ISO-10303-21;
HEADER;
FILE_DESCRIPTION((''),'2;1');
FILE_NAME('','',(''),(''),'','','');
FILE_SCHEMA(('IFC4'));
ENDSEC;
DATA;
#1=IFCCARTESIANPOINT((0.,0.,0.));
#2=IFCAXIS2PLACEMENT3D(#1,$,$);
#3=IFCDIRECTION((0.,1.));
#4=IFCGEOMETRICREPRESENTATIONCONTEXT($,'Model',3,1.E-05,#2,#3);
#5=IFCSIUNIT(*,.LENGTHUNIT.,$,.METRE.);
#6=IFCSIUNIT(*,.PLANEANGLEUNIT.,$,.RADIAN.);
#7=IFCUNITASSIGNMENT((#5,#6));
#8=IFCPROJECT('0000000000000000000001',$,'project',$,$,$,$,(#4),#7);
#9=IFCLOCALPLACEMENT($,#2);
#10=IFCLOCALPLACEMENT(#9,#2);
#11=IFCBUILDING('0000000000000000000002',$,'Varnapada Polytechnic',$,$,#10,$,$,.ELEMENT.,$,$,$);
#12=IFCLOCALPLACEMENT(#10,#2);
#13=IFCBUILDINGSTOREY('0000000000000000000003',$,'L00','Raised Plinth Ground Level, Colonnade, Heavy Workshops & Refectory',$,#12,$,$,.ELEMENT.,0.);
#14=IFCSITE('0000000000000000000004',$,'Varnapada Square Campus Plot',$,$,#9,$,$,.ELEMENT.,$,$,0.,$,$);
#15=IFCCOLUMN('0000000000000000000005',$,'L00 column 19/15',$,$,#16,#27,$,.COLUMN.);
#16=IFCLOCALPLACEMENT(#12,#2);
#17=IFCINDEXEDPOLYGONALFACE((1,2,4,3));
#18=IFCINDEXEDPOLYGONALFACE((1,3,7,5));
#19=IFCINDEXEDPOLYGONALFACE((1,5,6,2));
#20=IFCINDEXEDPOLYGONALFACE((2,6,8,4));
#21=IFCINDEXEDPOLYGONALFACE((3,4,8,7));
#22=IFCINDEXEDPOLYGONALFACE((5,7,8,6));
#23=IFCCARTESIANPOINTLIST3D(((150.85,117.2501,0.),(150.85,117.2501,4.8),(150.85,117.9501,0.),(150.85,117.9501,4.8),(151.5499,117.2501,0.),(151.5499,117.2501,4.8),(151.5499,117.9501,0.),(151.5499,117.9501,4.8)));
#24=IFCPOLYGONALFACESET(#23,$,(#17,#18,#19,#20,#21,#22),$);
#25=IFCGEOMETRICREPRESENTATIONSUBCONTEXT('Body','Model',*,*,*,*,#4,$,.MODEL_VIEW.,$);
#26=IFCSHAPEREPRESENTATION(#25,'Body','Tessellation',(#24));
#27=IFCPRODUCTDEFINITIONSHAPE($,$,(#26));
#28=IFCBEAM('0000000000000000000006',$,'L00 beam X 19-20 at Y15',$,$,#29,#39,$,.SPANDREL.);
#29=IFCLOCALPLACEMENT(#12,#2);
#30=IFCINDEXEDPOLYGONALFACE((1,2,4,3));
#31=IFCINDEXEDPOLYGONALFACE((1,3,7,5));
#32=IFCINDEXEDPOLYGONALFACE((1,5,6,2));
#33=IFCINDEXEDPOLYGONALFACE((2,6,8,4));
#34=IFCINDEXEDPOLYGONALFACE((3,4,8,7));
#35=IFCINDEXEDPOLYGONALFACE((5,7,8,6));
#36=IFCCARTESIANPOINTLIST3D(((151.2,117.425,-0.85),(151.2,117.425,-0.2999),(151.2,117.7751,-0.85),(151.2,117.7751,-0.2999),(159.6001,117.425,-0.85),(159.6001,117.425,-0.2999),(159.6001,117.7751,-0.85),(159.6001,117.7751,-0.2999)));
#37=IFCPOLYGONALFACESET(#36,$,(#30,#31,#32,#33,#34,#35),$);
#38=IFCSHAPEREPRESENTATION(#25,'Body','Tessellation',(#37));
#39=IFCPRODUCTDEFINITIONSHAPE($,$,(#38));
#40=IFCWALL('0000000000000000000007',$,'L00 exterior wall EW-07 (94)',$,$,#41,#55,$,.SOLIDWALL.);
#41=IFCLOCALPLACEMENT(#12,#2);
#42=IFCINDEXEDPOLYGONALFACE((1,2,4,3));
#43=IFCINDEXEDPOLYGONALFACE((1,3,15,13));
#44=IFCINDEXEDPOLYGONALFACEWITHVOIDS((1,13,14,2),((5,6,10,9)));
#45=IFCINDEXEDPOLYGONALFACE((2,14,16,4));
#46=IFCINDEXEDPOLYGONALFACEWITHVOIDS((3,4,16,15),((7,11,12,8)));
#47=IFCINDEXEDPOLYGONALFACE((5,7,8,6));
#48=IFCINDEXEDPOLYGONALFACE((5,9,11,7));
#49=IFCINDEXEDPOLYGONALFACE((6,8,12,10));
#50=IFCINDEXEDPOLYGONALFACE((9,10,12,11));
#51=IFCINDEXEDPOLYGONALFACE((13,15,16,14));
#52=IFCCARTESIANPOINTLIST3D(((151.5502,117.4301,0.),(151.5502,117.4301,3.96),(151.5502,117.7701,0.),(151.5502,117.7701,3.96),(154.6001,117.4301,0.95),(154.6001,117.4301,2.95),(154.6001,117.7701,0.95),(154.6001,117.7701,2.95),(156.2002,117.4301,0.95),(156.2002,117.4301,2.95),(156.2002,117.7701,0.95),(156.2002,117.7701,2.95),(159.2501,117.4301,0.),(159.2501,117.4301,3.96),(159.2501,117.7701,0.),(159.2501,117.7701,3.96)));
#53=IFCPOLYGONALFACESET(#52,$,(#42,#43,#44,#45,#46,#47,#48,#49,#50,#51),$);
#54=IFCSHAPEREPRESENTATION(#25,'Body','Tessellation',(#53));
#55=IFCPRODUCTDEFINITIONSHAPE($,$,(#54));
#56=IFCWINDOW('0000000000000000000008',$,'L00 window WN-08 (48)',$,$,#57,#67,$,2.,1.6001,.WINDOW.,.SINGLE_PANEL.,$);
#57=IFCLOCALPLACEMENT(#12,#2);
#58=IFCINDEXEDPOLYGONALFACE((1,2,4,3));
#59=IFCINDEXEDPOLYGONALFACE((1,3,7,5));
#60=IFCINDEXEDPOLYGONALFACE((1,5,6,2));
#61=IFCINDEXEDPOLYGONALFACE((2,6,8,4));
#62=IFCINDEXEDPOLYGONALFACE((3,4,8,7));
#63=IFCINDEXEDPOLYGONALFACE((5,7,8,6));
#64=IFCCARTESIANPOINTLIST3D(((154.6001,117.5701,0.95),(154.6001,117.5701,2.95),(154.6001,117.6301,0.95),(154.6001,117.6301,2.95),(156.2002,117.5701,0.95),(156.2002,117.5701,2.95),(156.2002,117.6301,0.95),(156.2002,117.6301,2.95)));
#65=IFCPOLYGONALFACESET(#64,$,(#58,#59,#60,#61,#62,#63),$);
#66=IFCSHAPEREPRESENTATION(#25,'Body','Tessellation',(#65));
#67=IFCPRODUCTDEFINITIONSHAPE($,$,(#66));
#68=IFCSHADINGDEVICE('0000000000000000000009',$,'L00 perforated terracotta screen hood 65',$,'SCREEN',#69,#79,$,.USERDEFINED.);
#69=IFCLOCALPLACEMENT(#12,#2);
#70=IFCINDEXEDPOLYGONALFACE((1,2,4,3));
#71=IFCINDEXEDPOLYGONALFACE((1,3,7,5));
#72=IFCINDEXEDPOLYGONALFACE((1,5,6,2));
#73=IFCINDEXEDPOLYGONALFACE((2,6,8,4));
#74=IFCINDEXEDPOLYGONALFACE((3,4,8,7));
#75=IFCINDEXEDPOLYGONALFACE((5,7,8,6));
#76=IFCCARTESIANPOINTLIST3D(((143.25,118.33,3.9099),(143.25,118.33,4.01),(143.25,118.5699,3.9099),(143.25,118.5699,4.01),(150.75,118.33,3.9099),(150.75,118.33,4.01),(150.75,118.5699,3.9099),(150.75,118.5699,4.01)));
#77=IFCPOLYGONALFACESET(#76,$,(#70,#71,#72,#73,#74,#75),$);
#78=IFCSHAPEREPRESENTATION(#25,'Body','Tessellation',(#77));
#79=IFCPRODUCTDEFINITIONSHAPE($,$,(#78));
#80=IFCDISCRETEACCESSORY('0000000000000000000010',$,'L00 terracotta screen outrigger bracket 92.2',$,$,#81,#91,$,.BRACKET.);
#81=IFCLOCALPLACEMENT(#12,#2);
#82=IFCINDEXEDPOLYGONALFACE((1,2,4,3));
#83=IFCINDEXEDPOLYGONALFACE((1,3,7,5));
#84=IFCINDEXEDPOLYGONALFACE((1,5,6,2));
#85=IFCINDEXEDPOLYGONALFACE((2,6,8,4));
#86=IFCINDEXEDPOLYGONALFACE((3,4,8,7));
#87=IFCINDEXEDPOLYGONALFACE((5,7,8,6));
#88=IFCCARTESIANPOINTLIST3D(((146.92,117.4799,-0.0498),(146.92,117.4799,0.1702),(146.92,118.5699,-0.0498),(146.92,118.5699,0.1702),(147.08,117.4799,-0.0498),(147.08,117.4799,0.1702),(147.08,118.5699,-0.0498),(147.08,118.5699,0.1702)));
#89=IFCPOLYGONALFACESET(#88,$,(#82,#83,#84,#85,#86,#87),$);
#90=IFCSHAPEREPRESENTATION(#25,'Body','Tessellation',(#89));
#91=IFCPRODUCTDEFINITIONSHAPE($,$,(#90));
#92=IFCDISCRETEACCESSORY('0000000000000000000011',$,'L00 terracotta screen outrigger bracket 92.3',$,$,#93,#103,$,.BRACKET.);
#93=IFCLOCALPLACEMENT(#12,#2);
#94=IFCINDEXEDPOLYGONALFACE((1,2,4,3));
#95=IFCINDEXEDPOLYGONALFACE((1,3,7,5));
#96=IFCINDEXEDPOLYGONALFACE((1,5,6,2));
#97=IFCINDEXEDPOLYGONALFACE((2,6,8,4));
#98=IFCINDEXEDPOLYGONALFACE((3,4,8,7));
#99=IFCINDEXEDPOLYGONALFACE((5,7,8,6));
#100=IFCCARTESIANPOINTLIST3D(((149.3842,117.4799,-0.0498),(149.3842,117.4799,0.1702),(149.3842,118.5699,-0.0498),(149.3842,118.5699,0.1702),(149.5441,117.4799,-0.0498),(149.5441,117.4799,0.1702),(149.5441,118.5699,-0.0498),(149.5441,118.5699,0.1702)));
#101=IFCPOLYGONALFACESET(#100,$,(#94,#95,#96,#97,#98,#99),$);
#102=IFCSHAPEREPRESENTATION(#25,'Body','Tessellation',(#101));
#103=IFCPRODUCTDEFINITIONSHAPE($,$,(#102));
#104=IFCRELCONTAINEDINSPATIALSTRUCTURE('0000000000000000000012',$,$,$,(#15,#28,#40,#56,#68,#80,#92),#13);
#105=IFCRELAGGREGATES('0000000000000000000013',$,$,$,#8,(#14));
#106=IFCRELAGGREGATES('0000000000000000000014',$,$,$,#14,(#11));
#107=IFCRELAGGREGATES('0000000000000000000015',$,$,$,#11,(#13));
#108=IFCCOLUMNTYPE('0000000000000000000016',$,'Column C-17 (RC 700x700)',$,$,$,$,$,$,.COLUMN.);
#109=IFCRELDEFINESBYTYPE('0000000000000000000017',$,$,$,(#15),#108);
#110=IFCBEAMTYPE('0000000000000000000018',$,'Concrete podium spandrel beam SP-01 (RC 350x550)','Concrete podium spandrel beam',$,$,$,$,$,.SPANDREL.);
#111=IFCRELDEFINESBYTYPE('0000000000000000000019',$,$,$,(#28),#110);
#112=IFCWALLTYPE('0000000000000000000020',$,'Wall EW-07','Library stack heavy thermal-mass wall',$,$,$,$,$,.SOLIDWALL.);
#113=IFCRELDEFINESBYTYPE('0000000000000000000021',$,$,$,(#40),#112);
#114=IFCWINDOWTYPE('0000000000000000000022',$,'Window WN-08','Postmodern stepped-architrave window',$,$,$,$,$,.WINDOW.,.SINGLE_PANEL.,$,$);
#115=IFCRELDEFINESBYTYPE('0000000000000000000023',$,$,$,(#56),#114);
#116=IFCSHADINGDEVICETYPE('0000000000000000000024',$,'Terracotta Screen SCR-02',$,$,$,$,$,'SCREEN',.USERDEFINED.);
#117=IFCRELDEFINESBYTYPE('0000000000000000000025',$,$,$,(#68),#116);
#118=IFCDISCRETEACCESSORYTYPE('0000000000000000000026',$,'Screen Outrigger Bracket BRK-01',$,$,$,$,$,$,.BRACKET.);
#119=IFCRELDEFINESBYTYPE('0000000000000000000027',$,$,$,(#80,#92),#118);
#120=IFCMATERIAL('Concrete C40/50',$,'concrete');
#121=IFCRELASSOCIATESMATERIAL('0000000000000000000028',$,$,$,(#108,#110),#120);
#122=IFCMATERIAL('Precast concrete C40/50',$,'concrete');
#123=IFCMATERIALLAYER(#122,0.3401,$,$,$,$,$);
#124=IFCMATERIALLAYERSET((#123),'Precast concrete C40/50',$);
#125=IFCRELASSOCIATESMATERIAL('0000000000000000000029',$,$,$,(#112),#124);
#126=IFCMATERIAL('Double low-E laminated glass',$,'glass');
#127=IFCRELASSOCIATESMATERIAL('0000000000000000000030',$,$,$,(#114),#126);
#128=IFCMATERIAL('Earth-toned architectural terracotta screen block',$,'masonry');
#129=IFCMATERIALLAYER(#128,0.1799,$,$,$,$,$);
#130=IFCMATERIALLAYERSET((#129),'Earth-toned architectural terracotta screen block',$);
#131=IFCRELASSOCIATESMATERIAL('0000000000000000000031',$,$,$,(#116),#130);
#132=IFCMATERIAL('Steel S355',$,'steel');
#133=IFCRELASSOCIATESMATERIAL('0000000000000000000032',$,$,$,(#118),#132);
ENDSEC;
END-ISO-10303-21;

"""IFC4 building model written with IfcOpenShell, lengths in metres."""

from ifc_helpers import new_model, si_unit, direction, frame, frame_2d, origin, origin_2d, place, context, subcontext, project, spatial, rectangle, extrude, material, layer, layer_set, material_profile, profile_set, type_object, element, fill, save


model = new_model("IFC4")

# Units and contexts
model_context = context("Model", 3, precision=1e-05, world=origin(), true_north=direction((0.0, 1.0)))
body_context = subcontext(model_context, "Body", "Model", "MODEL_VIEW")
ifc_project = project(units=[si_unit("LENGTHUNIT", "METRE"), si_unit("PLANEANGLEUNIT", "RADIAN")], contexts=[model_context])

# Site, building, storey
site_placement = place(None, origin())
site = spatial("IfcSite", under=ifc_project, at=site_placement, Name="Varnapada Square Campus Plot", CompositionType="ELEMENT", RefElevation=0.0)
building_placement = place(site_placement, origin())
building = spatial("IfcBuilding", under=site, at=building_placement, Name="Varnapada Polytechnic", CompositionType="ELEMENT")
storey_placement = place(building_placement, origin())
storey = spatial("IfcBuildingStorey", under=building, at=storey_placement, Name="L00", Description="Raised Plinth Ground Level, Colonnade, Heavy Workshops & Refectory", CompositionType="ELEMENT", Elevation=0.0)

# Column
ifc_material_1 = material(Name="Concrete C40/50", Category="concrete")
ifc_material_profile_1 = material_profile(ifc_material_1, rectangle(XDim=0.7, YDim=0.7, at=origin_2d()), Name="RC 700x700")
ifc_profile_set_1 = profile_set([ifc_material_profile_1], Name="Concrete C40/50")
column_type = type_object("IfcColumnType", Name="Column C-17 (RC 700x700)", PredefinedType="COLUMN", material=ifc_profile_set_1)
column_placement = place(storey_placement, frame((151.2, 117.6001, 0.0), z_axis=(0.0, 0.0, 1.0), x_axis=(1.0, 0.0, 0.0)))
element("IfcColumn", 1, at=column_placement, inside=storey, type_object=column_type, Name="L00 column 19/15", PredefinedType="COLUMN", context=body_context, shape_type="SweptSolid", body=[
    extrude(rectangle(XDim=0.7, YDim=0.7, at=origin_2d()), origin(), (0.0, 0.0, 1.0), 4.8),
])

# Beam
ifc_material_profile_2 = material_profile(ifc_material_1, rectangle(XDim=0.3501, YDim=0.55, at=origin_2d()), Name="RC 350x550")
ifc_profile_set_2 = profile_set([ifc_material_profile_2], Name="Concrete C40/50")
beam_type = type_object("IfcBeamType", Name="Concrete podium spandrel beam SP-01 (RC 350x550)", Description="Concrete podium spandrel beam", PredefinedType="SPANDREL", material=ifc_profile_set_2)
beam_placement = place(storey_placement, frame((151.2, 117.6001, -0.575), z_axis=(1.0, 0.0, 0.0), x_axis=(0.0, 1.0, 0.0)))
element("IfcBeam", 2, at=beam_placement, inside=storey, type_object=beam_type, Name="L00 beam X 19-20 at Y15", PredefinedType="SPANDREL", context=body_context, shape_type="SweptSolid", body=[
    extrude(rectangle(XDim=0.3501, YDim=0.55, at=origin_2d()), origin(), (0.0, 0.0, 1.0), 8.4001),
])

# Wall, opening, window
ifc_material_2 = material(Name="Precast concrete C40/50", Category="concrete")
ifc_layer_1 = layer(ifc_material_2, 0.3401)
ifc_layer_set_1 = layer_set([ifc_layer_1], Name="Precast concrete C40/50")
wall_type = type_object("IfcWallType", Name="Wall EW-07", Description="Library stack heavy thermal-mass wall", PredefinedType="SOLIDWALL", material=ifc_layer_set_1)
wall_placement = place(storey_placement, frame((151.55, 117.6001, 0.0), z_axis=(0.0, 0.0, 1.0), x_axis=(1.0, 0.0, 0.0)))
wall = element("IfcWall", 3, at=wall_placement, inside=storey, type_object=wall_type, Name="L00 exterior wall EW-07 (94)", PredefinedType="SOLIDWALL", context=body_context, shape_type="SweptSolid", body=[
    extrude(rectangle(XDim=7.7, YDim=0.3401, at=frame_2d((3.8501, 0.0))), origin(), (0.0, 0.0, 1.0), 3.96),
])
opening_1_placement = place(wall_placement, frame((3.05, 0.0, 0.95)))
opening_1 = element("IfcOpeningElement", 4, at=opening_1_placement, cuts=wall, PredefinedType="OPENING", context=body_context, shape_type="SweptSolid", body=[
    extrude(rectangle(XDim=1.6001, YDim=2.0, at=frame_2d((0.8, 1.0))), frame((0.0, 0.1799, 0.0), z_axis=(0.0, -1.0, 0.0), x_axis=(1.0, 0.0, 0.0)), (0.0, 0.0, 1.0), 0.3601),
])
ifc_material_3 = material(Name="Double low-E laminated glass", Category="glass")
window_type = type_object("IfcWindowType", Name="Window WN-08", Description="Postmodern stepped-architrave window", PartitioningType="SINGLE_PANEL", PredefinedType="WINDOW", material=ifc_material_3)
window_placement = place(opening_1_placement, origin())
window = element("IfcWindow", 5, at=window_placement, inside=storey, type_object=window_type, Name="L00 window WN-08 (48)", OverallHeight=2.0, OverallWidth=1.6001, PartitioningType="SINGLE_PANEL", PredefinedType="WINDOW", context=body_context, shape_type="SweptSolid", body=[
    extrude(rectangle(XDim=1.6001, YDim=2.0, at=frame_2d((0.8, 1.0))), frame((0.0, 0.03, 0.0), z_axis=(0.0, -1.0, 0.0), x_axis=(1.0, 0.0, 0.0)), (0.0, 0.0, 1.0), 0.0601),
])
fill(opening_1, window)

# Shared definitions
ifc_material_4 = material(Name="Earth-toned architectural terracotta screen block", Category="masonry")

# Shading device
ifc_layer_2 = layer(ifc_material_4, 0.1799)
ifc_layer_set_2 = layer_set([ifc_layer_2], Name="Earth-toned architectural terracotta screen block")
shading_device_type = type_object("IfcShadingDeviceType", Name="Terracotta Screen SCR-02", ElementType="SCREEN", PredefinedType="USERDEFINED", material=ifc_layer_set_2)
shading_device_placement = place(storey_placement, frame((147.0, 118.45, 3.9099), z_axis=(0.0, 0.0, 1.0), x_axis=(1.0, 0.0, 0.0)))
element("IfcShadingDevice", 6, at=shading_device_placement, inside=storey, type_object=shading_device_type, Name="L00 perforated terracotta screen hood 65", ObjectType="SCREEN", PredefinedType="USERDEFINED", context=body_context, shape_type="SweptSolid", body=[
    extrude(rectangle(XDim=7.5, YDim=0.24, at=origin_2d()), origin(), (0.0, 0.0, 1.0), 0.1001),
])

# Discrete accessories
ifc_material_5 = material(Name="Steel S355", Category="steel")
discrete_accessory_type = type_object("IfcDiscreteAccessoryType", Name="Screen Outrigger Bracket BRK-01", PredefinedType="BRACKET", material=ifc_material_5)
for number, where, z_axis, x_axis, name in (
    (7, (147.0, 118.0249, -0.0498), (0.0, 0.0, 1.0), (1.0, 0.0, 0.0), "L00 terracotta screen outrigger bracket 92.2"),
    (8, (149.4641, 118.0249, -0.0498), (0.0, 0.0, 1.0), (1.0, 0.0, 0.0), "L00 terracotta screen outrigger bracket 92.3"),
):
    element("IfcDiscreteAccessory", number, at=place(storey_placement, frame(where, z_axis=z_axis, x_axis=x_axis)), inside=storey, type_object=discrete_accessory_type, Name=name, PredefinedType="BRACKET", context=body_context, shape_type="SweptSolid", body=[
        extrude(rectangle(XDim=0.1599, YDim=1.0901, at=origin_2d()), origin(), (0.0, 0.0, 1.0), 0.22),
    ])

save(model, "model.ifc")
